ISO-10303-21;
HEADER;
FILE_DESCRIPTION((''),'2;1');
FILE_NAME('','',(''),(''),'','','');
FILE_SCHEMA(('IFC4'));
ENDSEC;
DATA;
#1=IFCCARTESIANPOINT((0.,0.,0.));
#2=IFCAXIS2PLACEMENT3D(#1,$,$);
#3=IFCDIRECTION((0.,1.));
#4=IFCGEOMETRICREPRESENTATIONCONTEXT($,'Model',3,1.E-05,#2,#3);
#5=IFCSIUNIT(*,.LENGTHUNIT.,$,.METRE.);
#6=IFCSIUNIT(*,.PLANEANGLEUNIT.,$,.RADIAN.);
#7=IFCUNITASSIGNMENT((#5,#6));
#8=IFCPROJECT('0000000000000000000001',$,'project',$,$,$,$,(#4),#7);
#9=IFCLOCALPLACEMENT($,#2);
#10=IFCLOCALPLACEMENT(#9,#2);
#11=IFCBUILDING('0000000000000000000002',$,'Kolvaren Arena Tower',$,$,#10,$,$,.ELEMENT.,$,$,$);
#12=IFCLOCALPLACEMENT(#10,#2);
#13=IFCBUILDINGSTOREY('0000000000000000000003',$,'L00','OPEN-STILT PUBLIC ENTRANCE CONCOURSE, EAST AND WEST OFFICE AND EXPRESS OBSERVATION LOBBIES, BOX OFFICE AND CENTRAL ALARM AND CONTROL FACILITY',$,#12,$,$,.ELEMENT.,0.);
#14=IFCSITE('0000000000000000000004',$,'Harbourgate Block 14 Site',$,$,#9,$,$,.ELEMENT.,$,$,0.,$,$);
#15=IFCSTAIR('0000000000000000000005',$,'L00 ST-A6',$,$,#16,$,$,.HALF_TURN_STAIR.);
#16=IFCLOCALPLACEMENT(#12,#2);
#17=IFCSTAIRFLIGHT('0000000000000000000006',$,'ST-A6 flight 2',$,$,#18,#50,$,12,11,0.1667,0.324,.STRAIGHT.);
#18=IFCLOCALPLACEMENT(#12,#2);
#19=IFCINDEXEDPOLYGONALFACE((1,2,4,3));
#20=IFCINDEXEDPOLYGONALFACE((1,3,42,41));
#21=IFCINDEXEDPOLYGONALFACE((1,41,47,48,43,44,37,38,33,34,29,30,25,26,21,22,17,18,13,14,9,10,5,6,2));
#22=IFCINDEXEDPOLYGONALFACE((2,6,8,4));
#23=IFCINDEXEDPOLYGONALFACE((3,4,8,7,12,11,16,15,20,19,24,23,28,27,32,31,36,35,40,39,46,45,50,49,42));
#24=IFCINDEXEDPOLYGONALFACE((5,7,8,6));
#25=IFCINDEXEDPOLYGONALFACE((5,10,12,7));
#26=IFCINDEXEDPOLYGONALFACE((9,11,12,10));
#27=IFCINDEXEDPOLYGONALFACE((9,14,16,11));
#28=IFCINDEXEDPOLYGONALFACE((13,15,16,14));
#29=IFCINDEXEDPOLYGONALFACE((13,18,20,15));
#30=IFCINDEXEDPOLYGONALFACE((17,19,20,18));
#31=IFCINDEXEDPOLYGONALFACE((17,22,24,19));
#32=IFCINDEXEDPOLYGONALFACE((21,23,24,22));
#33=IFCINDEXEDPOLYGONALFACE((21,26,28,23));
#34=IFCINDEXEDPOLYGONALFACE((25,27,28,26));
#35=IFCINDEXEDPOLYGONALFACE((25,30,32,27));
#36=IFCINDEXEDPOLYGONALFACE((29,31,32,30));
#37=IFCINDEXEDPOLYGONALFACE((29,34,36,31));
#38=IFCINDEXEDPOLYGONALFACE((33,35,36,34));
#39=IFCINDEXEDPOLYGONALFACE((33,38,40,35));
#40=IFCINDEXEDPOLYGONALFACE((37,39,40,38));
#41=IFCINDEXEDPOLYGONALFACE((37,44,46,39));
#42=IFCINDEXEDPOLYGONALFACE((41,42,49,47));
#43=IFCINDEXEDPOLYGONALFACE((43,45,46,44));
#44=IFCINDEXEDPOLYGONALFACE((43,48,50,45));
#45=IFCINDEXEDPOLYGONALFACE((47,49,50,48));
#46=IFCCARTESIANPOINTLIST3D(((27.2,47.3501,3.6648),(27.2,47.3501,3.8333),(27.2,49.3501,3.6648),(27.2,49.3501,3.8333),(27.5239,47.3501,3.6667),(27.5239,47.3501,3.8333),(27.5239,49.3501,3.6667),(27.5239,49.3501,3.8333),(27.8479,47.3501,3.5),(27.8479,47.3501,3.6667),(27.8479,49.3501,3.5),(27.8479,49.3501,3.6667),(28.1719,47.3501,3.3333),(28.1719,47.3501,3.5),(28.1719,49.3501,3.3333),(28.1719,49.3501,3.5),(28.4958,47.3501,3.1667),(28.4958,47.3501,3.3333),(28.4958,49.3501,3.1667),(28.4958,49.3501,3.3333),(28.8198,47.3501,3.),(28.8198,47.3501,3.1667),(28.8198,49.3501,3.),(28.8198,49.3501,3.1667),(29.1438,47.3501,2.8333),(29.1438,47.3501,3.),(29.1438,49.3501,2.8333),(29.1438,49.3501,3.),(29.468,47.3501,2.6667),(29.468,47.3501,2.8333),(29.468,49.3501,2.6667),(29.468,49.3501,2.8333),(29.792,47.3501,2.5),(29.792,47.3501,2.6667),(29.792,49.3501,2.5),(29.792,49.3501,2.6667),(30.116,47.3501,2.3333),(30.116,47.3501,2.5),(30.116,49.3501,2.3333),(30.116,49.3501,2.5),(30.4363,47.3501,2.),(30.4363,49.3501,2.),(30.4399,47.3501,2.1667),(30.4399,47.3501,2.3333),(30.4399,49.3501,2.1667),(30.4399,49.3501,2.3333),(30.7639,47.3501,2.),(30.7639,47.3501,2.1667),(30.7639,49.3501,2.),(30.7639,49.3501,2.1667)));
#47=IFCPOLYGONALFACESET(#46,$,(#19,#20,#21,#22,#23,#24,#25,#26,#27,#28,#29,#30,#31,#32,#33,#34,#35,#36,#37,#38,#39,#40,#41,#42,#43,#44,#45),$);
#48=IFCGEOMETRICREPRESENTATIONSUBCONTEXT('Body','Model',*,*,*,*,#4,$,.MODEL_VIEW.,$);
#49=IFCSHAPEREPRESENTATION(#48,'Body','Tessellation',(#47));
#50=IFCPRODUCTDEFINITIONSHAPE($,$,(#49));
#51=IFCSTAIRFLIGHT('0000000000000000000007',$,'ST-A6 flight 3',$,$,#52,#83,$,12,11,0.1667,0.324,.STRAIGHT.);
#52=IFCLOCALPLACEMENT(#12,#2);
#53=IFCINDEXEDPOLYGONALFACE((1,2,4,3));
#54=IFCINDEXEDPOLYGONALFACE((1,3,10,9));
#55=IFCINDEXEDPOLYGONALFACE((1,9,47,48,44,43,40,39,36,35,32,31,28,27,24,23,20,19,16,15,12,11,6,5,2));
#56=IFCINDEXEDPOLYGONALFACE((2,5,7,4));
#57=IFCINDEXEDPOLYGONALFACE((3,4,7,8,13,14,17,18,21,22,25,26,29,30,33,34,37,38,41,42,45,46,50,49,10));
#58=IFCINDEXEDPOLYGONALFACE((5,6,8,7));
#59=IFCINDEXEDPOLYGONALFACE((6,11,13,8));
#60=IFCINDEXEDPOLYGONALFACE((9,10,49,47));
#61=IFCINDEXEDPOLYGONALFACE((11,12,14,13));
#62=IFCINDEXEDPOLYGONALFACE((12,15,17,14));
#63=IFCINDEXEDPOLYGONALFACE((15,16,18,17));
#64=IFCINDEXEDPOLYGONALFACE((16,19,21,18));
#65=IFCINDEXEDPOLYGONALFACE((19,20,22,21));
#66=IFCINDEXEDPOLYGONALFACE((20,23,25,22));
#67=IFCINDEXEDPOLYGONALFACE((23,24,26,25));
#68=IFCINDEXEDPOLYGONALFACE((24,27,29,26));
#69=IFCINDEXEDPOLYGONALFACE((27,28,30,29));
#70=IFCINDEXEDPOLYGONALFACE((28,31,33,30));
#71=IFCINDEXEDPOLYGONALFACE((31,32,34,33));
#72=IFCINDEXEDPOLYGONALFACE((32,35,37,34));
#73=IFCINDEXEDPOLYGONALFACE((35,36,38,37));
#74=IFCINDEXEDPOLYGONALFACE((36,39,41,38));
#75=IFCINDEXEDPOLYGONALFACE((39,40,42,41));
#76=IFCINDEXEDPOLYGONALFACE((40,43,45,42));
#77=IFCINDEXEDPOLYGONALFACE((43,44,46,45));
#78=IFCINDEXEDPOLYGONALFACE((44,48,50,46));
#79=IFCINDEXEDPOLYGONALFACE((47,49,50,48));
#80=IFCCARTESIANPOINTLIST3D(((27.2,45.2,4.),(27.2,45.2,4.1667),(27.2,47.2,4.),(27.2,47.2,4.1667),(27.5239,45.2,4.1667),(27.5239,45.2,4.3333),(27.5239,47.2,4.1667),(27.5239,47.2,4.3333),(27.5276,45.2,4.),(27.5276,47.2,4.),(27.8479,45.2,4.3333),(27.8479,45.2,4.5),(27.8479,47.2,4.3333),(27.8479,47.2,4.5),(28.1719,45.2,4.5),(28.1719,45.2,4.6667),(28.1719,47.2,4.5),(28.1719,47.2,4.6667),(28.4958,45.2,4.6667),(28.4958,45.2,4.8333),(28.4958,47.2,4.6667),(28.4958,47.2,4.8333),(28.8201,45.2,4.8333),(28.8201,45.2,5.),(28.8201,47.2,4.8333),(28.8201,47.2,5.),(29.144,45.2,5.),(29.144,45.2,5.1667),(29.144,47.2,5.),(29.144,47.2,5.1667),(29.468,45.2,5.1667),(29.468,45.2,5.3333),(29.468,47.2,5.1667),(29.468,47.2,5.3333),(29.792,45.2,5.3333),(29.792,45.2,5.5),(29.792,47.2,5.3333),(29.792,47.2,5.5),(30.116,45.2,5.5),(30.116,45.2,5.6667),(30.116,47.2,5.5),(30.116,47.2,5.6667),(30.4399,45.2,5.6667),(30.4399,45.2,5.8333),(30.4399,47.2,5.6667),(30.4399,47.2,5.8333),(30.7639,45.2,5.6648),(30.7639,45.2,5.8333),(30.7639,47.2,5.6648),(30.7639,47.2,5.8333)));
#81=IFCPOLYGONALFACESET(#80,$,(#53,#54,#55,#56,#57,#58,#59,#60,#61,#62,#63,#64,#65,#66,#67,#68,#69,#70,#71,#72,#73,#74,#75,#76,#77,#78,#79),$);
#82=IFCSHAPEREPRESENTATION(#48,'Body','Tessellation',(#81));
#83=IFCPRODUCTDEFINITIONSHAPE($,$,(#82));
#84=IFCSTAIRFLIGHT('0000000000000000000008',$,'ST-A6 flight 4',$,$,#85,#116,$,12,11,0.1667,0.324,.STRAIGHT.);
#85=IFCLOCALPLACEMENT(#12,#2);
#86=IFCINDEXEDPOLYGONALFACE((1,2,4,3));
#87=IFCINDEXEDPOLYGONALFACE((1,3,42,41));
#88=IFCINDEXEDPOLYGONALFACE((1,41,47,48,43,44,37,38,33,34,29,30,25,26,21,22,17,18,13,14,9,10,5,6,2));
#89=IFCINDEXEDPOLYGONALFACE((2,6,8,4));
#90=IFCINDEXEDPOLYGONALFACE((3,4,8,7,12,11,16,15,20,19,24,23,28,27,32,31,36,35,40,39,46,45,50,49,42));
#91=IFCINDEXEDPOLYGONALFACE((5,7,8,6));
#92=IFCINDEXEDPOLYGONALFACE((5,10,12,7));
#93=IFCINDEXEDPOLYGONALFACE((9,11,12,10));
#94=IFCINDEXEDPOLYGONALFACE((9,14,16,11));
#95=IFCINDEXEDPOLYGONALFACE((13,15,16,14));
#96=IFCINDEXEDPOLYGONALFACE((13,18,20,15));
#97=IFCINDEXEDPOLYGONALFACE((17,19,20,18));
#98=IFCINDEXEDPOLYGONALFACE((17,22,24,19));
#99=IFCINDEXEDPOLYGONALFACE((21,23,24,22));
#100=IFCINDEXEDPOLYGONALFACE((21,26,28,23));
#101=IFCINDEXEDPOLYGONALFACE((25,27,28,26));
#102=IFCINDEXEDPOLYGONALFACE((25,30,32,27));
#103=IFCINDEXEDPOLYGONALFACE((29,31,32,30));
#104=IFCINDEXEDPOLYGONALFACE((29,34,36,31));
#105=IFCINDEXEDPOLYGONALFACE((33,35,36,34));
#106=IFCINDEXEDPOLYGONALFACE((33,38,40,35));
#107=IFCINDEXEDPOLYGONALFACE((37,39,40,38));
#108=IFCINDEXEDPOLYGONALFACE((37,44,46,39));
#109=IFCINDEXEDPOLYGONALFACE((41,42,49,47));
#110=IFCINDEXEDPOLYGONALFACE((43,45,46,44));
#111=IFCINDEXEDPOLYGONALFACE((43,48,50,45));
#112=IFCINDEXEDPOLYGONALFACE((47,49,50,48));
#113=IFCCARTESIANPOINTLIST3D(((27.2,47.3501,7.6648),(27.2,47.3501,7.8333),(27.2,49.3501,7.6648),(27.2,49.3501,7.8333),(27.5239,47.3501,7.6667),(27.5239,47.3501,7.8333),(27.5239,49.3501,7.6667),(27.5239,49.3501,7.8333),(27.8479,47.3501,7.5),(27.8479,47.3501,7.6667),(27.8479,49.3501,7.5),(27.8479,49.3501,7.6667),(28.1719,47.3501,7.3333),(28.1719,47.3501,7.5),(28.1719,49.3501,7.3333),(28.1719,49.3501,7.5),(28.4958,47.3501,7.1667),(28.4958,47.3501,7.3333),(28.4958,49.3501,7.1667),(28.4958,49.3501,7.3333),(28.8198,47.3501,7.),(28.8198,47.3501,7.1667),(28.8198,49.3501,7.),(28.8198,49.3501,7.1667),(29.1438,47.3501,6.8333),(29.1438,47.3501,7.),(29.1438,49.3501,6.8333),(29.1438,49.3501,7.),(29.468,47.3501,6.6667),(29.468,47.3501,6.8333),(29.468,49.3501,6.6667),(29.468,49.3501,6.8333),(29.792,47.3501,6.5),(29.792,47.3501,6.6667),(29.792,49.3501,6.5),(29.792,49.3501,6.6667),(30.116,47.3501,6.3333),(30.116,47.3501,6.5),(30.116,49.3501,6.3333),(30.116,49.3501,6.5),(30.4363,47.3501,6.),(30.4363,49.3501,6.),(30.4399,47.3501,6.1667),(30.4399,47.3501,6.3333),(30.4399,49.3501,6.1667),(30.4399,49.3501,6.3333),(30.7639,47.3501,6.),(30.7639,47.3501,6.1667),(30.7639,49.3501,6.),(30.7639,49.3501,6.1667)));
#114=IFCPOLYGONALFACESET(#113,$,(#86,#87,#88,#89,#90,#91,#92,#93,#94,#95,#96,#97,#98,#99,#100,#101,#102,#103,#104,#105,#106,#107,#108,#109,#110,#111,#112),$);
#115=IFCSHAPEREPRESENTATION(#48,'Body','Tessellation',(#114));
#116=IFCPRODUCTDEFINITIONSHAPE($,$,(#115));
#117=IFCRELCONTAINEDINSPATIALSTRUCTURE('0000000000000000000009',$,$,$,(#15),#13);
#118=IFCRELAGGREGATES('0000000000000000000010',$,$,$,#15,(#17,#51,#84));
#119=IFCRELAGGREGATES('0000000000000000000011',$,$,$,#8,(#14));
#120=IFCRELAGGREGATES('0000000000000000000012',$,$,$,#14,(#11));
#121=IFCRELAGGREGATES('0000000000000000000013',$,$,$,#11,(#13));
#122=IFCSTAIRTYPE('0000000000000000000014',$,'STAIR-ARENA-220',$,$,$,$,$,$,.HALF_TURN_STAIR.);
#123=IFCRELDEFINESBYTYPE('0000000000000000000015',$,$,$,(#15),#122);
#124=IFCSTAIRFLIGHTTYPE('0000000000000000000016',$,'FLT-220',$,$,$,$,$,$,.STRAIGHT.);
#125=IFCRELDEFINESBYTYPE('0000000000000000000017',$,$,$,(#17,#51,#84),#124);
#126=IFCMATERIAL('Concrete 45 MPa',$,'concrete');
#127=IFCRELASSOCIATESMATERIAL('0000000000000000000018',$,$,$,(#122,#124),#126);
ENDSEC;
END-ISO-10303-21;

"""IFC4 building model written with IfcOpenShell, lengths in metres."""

from ifc_helpers import new_model, si_unit, direction, frame, origin, place, context, subcontext, project, spatial, polyline, outline, extrude, material, type_object, element, aggregate, save


model = new_model("IFC4")

# Units and contexts
model_context = context("Model", 3, precision=1e-05, world=origin(), true_north=direction((0.0, 1.0)))
body_context = subcontext(model_context, "Body", "Model", "MODEL_VIEW")
ifc_project = project(units=[si_unit("LENGTHUNIT", "METRE"), si_unit("PLANEANGLEUNIT", "RADIAN")], contexts=[model_context])

# Site, building, storey
site_placement = place(None, origin())
site = spatial("IfcSite", under=ifc_project, at=site_placement, Name="Harbourgate Block 14 Site", CompositionType="ELEMENT", RefElevation=0.0)
building_placement = place(site_placement, origin())
building = spatial("IfcBuilding", under=site, at=building_placement, Name="Kolvaren Arena Tower", CompositionType="ELEMENT")
storey_placement = place(building_placement, origin())
storey = spatial("IfcBuildingStorey", under=building, at=storey_placement, Name="L00", Description="OPEN-STILT PUBLIC ENTRANCE CONCOURSE, EAST AND WEST OFFICE AND EXPRESS OBSERVATION LOBBIES, BOX OFFICE AND CENTRAL ALARM AND CONTROL FACILITY", CompositionType="ELEMENT", Elevation=0.0)

# Shared definitions
ifc_material_1 = material(Name="Concrete 45 MPa", Category="concrete")

# Stair, stair flights
stair_type = type_object("IfcStairType", Name="STAIR-ARENA-220", PredefinedType="HALF_TURN_STAIR", material=ifc_material_1)
stair_placement = place(storey_placement, origin())
stair = element("IfcStair", 1, at=stair_placement, inside=storey, type_object=stair_type, Name="L00 ST-A6", PredefinedType="HALF_TURN_STAIR")
stair_flight_type = type_object("IfcStairFlightType", Name="FLT-220", PredefinedType="STRAIGHT", material=ifc_material_1)
stair_flight_1_placement = place(storey_placement, frame((30.7639, 48.3501, 2.0), z_axis=(0.0, 0.0, 1.0), x_axis=(-1.0, 0.0, 0.0)))
stair_flight_1 = element("IfcStairFlight", 2, at=stair_flight_1_placement, type_object=stair_flight_type, Name="ST-A6 flight 2", NumberOfRisers=12, NumberOfTreads=11, PredefinedType="STRAIGHT", RiserHeight=0.1667, TreadLength=0.324, context=body_context, shape_type="SweptSolid", body=[
    extrude(outline(polyline([(0.0, 0.0), (0.0, 0.1667), (0.324, 0.1667), (0.324, 0.3333), (0.6479, 0.3333), (0.6479, 0.5), (0.9719, 0.5), (0.9719, 0.6667), (1.2959, 0.6667), (1.2959, 0.8333), (1.6201, 0.8333), (1.6201, 1.0), (1.9441, 1.0), (1.9441, 1.1667), (2.2681, 1.1667), (2.2681, 1.3333), (2.592, 1.3333), (2.592, 1.5), (2.916, 1.5), (2.916, 1.6667), (3.24, 1.6667), (3.24, 1.8333), (3.564, 1.8333), (3.564, 2.0), (3.564, 1.6648), (0.3276, 0.0), (0.0, 0.0)])), frame((0.0, 1.0, 0.0), z_axis=(0.0, -1.0, 0.0), x_axis=(1.0, 0.0, 0.0)), (0.0, 0.0, 1.0), 2.0),
])
stair_flight_2_placement = place(storey_placement, frame((27.2, 46.2, 4.0), z_axis=(0.0, 0.0, 1.0), x_axis=(1.0, 0.0, 0.0)))
stair_flight_2 = element("IfcStairFlight", 3, at=stair_flight_2_placement, type_object=stair_flight_type, Name="ST-A6 flight 3", NumberOfRisers=12, NumberOfTreads=11, PredefinedType="STRAIGHT", RiserHeight=0.1667, TreadLength=0.324, context=body_context, shape_type="SweptSolid", body=[
    extrude(outline(polyline([(0.0, 0.0), (0.0, 0.1667), (0.324, 0.1667), (0.324, 0.3333), (0.6479, 0.3333), (0.6479, 0.5), (0.9719, 0.5), (0.9719, 0.6667), (1.2959, 0.6667), (1.2959, 0.8333), (1.6201, 0.8333), (1.6201, 1.0), (1.9441, 1.0), (1.9441, 1.1667), (2.2681, 1.1667), (2.2681, 1.3333), (2.592, 1.3333), (2.592, 1.5), (2.916, 1.5), (2.916, 1.6667), (3.24, 1.6667), (3.24, 1.8333), (3.564, 1.8333), (3.564, 2.0), (3.564, 1.6648), (0.3276, 0.0), (0.0, 0.0)])), frame((0.0, 1.0, 0.0), z_axis=(0.0, -1.0, 0.0), x_axis=(1.0, 0.0, 0.0)), (0.0, 0.0, 1.0), 2.0),
])
stair_flight_3_placement = place(storey_placement, frame((30.7639, 48.3501, 6.0), z_axis=(0.0, 0.0, 1.0), x_axis=(-1.0, 0.0, 0.0)))
stair_flight_3 = element("IfcStairFlight", 4, at=stair_flight_3_placement, type_object=stair_flight_type, Name="ST-A6 flight 4", NumberOfRisers=12, NumberOfTreads=11, PredefinedType="STRAIGHT", RiserHeight=0.1667, TreadLength=0.324, context=body_context, shape_type="SweptSolid", body=[
    extrude(outline(polyline([(0.0, 0.0), (0.0, 0.1667), (0.324, 0.1667), (0.324, 0.3333), (0.6479, 0.3333), (0.6479, 0.5), (0.9719, 0.5), (0.9719, 0.6667), (1.2959, 0.6667), (1.2959, 0.8333), (1.6201, 0.8333), (1.6201, 1.0), (1.9441, 1.0), (1.9441, 1.1667), (2.2681, 1.1667), (2.2681, 1.3333), (2.592, 1.3333), (2.592, 1.5), (2.916, 1.5), (2.916, 1.6667), (3.24, 1.6667), (3.24, 1.8333), (3.564, 1.8333), (3.564, 2.0), (3.564, 1.6648), (0.3276, 0.0), (0.0, 0.0)])), frame((0.0, 1.0, 0.0), z_axis=(0.0, -1.0, 0.0), x_axis=(1.0, 0.0, 0.0)), (0.0, 0.0, 1.0), 2.0),
])
aggregate(stair, [stair_flight_1, stair_flight_2, stair_flight_3])

save(model, "model.ifc")
